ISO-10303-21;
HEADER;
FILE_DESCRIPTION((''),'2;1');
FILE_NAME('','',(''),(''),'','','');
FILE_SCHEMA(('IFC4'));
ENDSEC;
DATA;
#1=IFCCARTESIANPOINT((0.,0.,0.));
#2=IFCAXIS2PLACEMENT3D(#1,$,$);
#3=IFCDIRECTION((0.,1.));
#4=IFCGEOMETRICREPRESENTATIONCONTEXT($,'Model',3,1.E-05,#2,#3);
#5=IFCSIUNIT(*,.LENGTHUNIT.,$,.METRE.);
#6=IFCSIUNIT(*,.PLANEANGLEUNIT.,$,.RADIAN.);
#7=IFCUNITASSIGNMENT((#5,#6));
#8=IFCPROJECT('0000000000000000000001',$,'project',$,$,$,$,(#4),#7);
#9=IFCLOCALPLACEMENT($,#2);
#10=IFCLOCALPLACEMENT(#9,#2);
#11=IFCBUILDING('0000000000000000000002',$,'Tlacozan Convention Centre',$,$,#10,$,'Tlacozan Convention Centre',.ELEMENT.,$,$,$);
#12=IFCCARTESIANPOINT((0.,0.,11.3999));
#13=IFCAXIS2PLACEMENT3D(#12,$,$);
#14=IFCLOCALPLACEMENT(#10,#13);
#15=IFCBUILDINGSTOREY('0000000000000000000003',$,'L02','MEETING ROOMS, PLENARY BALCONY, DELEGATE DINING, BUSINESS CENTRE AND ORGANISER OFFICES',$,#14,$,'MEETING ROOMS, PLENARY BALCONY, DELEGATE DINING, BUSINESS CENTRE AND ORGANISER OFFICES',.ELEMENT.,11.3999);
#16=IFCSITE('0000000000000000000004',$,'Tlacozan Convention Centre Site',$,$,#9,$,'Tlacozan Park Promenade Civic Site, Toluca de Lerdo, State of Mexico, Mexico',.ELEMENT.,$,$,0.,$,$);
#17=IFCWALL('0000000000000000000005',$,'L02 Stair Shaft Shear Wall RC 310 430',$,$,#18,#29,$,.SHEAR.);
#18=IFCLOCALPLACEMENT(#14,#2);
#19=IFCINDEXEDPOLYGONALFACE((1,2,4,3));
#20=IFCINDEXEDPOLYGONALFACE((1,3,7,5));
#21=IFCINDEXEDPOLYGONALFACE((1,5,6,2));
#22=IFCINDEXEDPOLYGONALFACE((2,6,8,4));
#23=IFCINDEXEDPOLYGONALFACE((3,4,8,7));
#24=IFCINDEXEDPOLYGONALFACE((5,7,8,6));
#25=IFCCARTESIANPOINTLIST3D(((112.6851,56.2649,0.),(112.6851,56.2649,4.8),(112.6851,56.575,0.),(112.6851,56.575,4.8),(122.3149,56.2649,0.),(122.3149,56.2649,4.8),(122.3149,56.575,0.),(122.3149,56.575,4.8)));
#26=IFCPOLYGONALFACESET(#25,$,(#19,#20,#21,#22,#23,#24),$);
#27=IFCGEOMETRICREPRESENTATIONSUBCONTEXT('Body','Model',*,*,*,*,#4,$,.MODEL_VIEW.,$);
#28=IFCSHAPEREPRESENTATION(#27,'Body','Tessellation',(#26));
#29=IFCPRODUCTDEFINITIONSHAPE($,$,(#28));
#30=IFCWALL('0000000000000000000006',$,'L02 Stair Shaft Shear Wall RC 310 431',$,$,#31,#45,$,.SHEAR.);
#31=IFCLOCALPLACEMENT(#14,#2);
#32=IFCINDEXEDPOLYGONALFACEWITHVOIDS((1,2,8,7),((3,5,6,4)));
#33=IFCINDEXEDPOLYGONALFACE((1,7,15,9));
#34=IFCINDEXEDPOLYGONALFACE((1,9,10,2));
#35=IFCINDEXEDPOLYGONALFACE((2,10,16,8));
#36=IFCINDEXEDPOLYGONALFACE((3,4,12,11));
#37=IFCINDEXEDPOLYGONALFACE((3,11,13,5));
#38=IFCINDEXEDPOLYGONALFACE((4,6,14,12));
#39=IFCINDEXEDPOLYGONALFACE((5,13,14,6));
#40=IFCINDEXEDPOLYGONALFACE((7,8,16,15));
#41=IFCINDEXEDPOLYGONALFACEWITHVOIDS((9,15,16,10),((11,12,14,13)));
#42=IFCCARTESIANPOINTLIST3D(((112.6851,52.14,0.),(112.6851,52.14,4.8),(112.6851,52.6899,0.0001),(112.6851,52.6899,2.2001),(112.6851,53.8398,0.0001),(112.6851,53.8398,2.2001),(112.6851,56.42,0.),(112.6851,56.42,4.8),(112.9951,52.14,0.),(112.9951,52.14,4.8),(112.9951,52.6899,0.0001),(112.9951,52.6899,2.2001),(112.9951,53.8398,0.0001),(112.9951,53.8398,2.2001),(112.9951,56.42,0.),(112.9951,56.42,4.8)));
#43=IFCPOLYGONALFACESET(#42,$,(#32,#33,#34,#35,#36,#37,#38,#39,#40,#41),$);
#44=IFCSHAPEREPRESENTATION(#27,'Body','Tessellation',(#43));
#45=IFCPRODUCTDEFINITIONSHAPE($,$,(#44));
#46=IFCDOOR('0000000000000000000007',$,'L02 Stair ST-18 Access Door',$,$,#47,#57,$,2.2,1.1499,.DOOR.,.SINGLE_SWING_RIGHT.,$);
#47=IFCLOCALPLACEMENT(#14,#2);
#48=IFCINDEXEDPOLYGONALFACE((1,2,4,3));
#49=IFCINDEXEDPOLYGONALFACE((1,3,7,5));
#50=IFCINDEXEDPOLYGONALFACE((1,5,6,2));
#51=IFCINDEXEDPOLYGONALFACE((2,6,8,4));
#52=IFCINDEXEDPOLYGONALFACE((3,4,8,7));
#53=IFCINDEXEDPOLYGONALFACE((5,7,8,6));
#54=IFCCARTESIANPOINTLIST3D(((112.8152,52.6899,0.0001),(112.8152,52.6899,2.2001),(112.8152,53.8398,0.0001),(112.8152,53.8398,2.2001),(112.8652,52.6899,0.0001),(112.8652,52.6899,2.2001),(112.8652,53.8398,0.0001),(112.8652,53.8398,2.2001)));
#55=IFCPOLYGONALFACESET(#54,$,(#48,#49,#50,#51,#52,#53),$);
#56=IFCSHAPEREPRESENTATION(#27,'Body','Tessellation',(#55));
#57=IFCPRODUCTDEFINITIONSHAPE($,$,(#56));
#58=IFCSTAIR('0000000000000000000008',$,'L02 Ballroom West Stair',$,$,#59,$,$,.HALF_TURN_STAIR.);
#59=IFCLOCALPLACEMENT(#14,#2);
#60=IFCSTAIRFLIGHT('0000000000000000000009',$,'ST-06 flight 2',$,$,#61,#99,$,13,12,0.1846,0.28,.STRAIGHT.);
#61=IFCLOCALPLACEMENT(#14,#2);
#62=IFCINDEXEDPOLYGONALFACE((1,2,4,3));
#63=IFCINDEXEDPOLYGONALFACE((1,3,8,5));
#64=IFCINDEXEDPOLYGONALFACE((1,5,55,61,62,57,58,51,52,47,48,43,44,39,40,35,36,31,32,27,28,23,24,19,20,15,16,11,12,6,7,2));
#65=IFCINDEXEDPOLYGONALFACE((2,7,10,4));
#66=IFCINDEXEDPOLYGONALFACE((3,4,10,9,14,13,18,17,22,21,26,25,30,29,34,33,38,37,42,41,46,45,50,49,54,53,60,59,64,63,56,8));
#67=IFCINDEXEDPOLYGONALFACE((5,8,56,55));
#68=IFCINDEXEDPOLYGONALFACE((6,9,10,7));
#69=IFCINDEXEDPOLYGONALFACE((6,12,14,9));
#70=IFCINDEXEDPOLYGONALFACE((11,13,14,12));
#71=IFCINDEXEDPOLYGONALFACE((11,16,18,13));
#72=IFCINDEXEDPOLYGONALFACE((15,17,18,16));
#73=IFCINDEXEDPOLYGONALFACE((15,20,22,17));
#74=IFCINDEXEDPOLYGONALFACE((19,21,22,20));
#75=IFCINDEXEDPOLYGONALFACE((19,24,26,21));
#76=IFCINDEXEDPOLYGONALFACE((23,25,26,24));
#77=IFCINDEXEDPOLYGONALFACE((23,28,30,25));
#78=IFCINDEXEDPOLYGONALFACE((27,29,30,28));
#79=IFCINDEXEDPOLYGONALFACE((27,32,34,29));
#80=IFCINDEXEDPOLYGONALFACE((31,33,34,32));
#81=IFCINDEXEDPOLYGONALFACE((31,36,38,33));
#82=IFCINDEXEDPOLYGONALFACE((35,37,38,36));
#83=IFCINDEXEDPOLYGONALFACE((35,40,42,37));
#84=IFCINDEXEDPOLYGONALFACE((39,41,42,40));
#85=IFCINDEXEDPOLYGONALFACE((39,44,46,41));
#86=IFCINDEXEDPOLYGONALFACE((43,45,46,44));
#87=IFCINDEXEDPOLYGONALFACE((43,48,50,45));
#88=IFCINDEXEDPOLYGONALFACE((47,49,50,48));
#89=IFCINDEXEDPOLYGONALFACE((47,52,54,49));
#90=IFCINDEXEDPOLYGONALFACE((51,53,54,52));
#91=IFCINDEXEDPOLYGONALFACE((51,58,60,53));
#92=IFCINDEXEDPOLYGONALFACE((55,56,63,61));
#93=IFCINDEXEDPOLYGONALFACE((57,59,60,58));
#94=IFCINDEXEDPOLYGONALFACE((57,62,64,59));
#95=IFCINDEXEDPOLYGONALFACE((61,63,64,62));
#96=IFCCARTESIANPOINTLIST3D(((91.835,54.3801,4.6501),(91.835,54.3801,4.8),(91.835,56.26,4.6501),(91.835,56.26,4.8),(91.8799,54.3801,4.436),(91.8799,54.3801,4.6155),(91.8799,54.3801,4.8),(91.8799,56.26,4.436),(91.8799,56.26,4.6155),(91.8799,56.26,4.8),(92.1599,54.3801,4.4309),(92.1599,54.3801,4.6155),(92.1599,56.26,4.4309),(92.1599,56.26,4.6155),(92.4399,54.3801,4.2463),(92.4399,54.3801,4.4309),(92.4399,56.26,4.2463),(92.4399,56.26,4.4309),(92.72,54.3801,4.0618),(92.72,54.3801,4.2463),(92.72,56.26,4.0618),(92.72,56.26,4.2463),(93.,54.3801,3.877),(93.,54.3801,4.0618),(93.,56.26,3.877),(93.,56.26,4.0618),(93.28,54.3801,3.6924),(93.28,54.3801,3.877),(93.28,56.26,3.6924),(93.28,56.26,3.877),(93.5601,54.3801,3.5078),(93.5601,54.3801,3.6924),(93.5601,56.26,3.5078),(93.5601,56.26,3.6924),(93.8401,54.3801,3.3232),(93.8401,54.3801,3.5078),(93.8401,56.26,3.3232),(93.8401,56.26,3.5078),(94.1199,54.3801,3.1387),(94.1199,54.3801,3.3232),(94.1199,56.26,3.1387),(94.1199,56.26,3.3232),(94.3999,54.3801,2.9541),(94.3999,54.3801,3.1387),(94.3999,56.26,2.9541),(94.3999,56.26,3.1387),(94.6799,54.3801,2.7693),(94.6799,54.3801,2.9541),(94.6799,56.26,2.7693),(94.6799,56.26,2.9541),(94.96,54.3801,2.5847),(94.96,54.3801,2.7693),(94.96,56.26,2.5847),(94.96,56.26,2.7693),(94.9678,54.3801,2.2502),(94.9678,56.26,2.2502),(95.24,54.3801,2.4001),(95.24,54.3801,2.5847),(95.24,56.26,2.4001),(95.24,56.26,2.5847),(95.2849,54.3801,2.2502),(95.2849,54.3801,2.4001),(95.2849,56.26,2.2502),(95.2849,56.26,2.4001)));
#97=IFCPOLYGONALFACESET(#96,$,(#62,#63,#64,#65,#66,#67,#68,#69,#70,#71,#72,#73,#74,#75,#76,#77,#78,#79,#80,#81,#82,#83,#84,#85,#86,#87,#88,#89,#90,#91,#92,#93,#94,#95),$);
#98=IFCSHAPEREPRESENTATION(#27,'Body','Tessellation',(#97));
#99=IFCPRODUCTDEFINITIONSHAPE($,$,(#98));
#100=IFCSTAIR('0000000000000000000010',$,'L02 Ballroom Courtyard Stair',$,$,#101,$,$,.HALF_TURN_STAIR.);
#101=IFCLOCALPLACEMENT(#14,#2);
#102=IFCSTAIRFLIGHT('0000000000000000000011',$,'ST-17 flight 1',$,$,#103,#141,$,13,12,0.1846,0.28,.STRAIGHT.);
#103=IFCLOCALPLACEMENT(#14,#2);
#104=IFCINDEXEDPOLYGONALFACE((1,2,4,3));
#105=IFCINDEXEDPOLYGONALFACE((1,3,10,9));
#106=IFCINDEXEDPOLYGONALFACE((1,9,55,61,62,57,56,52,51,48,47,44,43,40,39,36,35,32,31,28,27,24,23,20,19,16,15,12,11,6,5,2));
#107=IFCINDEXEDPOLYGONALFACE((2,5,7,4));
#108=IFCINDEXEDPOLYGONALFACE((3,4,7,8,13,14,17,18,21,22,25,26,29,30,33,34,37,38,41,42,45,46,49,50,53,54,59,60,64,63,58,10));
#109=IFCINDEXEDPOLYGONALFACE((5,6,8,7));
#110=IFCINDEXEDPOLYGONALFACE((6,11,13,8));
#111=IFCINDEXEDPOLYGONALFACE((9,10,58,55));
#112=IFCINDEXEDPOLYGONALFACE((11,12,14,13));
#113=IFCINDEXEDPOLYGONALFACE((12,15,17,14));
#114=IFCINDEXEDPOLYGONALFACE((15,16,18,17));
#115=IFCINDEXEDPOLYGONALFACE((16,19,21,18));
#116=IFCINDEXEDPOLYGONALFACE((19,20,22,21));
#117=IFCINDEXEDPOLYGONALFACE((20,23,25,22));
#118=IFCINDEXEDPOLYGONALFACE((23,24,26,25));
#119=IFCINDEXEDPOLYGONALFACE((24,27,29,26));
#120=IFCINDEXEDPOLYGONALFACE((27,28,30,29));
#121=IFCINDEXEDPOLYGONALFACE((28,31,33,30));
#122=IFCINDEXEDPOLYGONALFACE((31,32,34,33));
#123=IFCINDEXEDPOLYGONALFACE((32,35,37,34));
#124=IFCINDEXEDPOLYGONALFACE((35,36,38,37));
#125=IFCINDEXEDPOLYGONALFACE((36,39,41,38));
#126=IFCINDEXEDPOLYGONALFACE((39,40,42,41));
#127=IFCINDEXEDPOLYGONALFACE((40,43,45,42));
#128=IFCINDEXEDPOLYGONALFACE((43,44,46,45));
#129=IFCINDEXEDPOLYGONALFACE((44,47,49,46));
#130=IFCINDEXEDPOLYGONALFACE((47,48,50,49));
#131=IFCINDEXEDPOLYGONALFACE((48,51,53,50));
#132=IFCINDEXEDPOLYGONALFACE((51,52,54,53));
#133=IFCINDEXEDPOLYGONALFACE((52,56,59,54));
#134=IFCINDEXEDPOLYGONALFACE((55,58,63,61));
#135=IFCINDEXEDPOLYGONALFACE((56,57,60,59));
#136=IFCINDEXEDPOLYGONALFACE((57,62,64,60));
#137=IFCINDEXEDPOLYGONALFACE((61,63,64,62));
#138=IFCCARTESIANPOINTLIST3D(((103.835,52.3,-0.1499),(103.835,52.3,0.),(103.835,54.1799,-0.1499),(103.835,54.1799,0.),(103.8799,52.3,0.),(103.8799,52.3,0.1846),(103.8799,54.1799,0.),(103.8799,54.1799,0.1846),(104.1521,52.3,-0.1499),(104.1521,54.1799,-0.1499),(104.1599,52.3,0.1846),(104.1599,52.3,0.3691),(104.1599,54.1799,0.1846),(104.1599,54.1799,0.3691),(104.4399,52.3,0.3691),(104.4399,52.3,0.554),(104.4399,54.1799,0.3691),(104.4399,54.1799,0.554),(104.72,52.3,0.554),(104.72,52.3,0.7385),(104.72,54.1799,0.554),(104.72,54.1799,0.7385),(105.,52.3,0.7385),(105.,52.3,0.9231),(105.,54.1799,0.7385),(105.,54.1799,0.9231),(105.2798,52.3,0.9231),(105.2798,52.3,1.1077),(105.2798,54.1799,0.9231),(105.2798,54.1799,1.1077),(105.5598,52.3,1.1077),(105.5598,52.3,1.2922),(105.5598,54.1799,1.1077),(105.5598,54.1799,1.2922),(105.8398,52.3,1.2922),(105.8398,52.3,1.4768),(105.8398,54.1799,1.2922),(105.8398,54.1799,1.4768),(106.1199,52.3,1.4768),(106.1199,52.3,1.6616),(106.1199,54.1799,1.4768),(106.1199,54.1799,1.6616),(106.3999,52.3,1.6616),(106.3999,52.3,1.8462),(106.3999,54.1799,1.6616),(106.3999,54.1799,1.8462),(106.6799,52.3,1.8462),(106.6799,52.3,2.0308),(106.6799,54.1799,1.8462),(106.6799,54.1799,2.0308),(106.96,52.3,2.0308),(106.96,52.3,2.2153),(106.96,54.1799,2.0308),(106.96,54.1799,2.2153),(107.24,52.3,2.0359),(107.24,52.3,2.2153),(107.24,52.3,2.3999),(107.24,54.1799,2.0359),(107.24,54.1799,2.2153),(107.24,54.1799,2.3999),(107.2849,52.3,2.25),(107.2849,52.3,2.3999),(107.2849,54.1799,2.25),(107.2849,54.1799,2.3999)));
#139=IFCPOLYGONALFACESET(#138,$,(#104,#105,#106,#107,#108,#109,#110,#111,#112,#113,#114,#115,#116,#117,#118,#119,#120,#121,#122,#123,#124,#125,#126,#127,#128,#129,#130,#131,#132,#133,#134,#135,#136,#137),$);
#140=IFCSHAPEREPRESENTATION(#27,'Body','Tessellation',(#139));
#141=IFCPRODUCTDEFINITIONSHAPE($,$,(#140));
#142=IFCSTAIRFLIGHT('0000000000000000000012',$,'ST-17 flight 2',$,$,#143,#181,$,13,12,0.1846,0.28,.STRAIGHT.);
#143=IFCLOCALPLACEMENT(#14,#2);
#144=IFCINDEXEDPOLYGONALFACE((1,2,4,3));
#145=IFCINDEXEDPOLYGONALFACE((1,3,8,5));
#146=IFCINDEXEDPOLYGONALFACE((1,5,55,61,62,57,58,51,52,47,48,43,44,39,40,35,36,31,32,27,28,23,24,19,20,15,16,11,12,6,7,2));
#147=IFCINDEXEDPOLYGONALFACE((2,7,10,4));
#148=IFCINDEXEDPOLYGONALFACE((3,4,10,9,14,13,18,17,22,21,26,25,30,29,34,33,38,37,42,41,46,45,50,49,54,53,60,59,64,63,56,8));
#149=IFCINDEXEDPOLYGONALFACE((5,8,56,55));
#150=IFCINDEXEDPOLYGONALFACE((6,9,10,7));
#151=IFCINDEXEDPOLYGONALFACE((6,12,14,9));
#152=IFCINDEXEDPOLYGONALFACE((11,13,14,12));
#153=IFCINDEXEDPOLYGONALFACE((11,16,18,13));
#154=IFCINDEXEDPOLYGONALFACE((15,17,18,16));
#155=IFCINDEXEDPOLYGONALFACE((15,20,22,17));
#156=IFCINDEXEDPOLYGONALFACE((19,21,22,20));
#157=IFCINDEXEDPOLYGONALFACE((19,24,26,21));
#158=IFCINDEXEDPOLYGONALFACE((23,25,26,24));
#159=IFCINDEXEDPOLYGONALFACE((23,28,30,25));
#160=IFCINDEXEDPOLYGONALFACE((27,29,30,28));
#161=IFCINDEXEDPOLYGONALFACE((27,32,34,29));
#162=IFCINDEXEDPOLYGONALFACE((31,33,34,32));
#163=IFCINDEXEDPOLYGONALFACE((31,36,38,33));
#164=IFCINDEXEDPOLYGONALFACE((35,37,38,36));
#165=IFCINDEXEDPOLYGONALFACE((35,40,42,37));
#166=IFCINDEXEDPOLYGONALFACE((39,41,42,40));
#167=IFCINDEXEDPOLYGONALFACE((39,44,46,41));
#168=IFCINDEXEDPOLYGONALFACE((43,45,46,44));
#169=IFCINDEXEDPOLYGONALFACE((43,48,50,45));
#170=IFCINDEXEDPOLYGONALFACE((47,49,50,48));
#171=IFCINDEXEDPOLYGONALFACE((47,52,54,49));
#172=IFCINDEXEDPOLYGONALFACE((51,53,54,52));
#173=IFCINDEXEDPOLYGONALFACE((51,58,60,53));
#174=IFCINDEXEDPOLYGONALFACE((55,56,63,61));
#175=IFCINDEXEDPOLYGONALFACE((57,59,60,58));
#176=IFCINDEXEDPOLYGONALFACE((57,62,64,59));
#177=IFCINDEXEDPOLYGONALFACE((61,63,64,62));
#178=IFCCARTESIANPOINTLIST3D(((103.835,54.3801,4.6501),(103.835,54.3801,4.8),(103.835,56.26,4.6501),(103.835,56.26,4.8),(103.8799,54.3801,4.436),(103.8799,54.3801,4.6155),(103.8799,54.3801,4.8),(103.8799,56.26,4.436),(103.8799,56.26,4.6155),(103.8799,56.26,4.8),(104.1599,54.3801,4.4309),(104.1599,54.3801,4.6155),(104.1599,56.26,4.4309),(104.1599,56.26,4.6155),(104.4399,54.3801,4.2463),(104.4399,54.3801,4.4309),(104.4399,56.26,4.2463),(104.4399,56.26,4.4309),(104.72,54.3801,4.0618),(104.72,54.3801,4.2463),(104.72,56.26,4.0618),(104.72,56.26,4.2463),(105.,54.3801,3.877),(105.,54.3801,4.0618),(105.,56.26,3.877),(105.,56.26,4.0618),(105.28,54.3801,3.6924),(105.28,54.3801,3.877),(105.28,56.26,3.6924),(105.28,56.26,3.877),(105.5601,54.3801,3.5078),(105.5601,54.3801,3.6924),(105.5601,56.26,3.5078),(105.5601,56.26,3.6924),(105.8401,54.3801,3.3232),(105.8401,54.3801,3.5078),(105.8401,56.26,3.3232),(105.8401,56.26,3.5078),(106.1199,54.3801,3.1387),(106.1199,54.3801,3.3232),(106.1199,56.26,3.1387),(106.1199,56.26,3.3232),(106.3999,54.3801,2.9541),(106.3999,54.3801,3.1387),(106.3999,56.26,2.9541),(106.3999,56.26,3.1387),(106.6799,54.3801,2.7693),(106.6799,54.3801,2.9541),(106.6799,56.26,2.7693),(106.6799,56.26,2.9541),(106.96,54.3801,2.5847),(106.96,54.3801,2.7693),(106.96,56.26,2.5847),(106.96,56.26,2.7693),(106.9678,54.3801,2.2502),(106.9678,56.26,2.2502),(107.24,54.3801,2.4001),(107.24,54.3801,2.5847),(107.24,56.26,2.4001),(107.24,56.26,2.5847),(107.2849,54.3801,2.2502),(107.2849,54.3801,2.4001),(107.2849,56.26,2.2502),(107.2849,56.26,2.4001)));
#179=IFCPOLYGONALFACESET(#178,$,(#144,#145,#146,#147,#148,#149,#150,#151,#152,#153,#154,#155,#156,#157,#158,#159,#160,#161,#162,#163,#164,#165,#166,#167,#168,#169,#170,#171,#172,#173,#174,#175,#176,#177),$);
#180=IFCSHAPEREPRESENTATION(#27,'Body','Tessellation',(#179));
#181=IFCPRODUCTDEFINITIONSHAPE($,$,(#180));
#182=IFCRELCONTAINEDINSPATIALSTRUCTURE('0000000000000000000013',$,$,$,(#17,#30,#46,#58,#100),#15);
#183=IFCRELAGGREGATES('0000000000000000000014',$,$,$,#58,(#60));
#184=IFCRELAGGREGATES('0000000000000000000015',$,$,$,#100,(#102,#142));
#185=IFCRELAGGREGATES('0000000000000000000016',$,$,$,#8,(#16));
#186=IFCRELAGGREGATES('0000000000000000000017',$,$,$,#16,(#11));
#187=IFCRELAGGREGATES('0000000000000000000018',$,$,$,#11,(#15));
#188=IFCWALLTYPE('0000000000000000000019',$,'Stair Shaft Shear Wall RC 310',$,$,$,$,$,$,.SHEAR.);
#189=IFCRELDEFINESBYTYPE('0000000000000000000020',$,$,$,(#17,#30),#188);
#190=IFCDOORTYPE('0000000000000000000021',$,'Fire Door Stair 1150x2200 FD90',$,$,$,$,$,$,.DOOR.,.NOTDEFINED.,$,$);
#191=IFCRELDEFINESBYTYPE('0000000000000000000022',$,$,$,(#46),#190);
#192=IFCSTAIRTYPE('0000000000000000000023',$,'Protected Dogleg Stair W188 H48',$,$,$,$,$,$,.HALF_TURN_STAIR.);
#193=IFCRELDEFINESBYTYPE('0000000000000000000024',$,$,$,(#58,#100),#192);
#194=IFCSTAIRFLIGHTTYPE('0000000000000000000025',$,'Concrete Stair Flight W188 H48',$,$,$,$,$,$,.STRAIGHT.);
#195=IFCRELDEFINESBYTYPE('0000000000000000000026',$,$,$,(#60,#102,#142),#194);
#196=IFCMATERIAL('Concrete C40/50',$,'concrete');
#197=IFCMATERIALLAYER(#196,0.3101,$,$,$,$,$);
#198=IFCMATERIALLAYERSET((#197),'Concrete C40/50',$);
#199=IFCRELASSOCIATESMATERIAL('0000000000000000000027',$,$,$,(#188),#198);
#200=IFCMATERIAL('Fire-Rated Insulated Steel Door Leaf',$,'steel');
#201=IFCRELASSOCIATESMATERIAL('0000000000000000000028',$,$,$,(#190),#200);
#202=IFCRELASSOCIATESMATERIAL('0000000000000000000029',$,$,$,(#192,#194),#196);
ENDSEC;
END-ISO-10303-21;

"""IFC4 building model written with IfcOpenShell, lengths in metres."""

from ifc_helpers import new_model, si_unit, direction, frame, frame_2d, origin, place, context, subcontext, project, spatial, polyline, rectangle, outline, extrude, material, layer, layer_set, type_object, element, fill, aggregate, save


model = new_model("IFC4")

# Units and contexts
model_context = context("Model", 3, precision=1e-05, world=origin(), true_north=direction((0.0, 1.0)))
body_context = subcontext(model_context, "Body", "Model", "MODEL_VIEW")
ifc_project = project(units=[si_unit("LENGTHUNIT", "METRE"), si_unit("PLANEANGLEUNIT", "RADIAN")], contexts=[model_context])

# Site, building, storey
site_placement = place(None, origin())
site = spatial("IfcSite", under=ifc_project, at=site_placement, Name="Tlacozan Convention Centre Site", LongName="Tlacozan Park Promenade Civic Site, Toluca de Lerdo, State of Mexico, Mexico", CompositionType="ELEMENT", RefElevation=0.0)
building_placement = place(site_placement, origin())
building = spatial("IfcBuilding", under=site, at=building_placement, Name="Tlacozan Convention Centre", LongName="Tlacozan Convention Centre", CompositionType="ELEMENT")
storey_placement = place(building_placement, frame((0.0, 0.0, 11.3999)))
storey = spatial("IfcBuildingStorey", under=building, at=storey_placement, Name="L02", Description="MEETING ROOMS, PLENARY BALCONY, DELEGATE DINING, BUSINESS CENTRE AND ORGANISER OFFICES", LongName="MEETING ROOMS, PLENARY BALCONY, DELEGATE DINING, BUSINESS CENTRE AND ORGANISER OFFICES", CompositionType="ELEMENT", Elevation=11.3999)

# Shared definitions
ifc_material_1 = material(Name="Concrete C40/50", Category="concrete")
ifc_layer = layer(ifc_material_1, 0.3101)
ifc_layer_set = layer_set([ifc_layer], Name="Concrete C40/50")
wall_type = type_object("IfcWallType", Name="Stair Shaft Shear Wall RC 310", PredefinedType="SHEAR", material=ifc_layer_set)

# Shared definitions
ifc_material_2 = material(Name="Fire-Rated Insulated Steel Door Leaf", Category="steel")
door_type = type_object("IfcDoorType", Name="Fire Door Stair 1150x2200 FD90", OperationType="NOTDEFINED", PredefinedType="DOOR", material=ifc_material_2)

# Wall
for number, where, z_axis, x_axis, name in (
    (1, (112.6851, 56.4199, 0.0), (0.0, 0.0, 1.0), (1.0, 0.0, 0.0), "L02 Stair Shaft Shear Wall RC 310 430"),
):
    element("IfcWall", number, at=place(storey_placement, frame(where, z_axis=z_axis, x_axis=x_axis)), inside=storey, type_object=wall_type, Name=name, PredefinedType="SHEAR", context=body_context, shape_type="SweptSolid", body=[
        extrude(rectangle(XDim=9.6299, YDim=0.3101, at=frame_2d((4.8149, 0.0))), origin(), (0.0, 0.0, 1.0), 4.8),
    ])

# Wall, opening, door
wall_1_placement = place(storey_placement, frame((112.8401, 52.1399, 0.0), z_axis=(0.0, 0.0, 1.0), x_axis=(0.0, 1.0, 0.0)))
wall_1 = element("IfcWall", 2, at=wall_1_placement, inside=storey, type_object=wall_type, Name="L02 Stair Shaft Shear Wall RC 310 431", PredefinedType="SHEAR", context=body_context, shape_type="SweptSolid", body=[
    extrude(rectangle(XDim=4.28, YDim=0.3101, at=frame_2d((2.1401, 0.0))), origin(), (0.0, 0.0, 1.0), 4.8),
])
opening_1_placement = place(wall_1_placement, frame((0.55, 0.0, 0.0)))
opening_1 = element("IfcOpeningElement", 3, at=opening_1_placement, cuts=wall_1, PredefinedType="OPENING", context=body_context, shape_type="SweptSolid", body=[
    extrude(rectangle(XDim=1.1499, YDim=2.2, at=frame_2d((0.575, 1.1001))), frame((0.0, 0.165, 0.0), z_axis=(0.0, -1.0, 0.0), x_axis=(1.0, 0.0, 0.0)), (0.0, 0.0, 1.0), 0.3301),
])
door_1_placement = place(opening_1_placement, origin())
door_1 = element("IfcDoor", 4, at=door_1_placement, inside=storey, type_object=door_type, Name="L02 Stair ST-18 Access Door", OperationType="SINGLE_SWING_RIGHT", OverallHeight=2.2, OverallWidth=1.1499, PredefinedType="DOOR", context=body_context, shape_type="SweptSolid", body=[
    extrude(rectangle(XDim=1.1499, YDim=2.2, at=frame_2d((0.575, 1.1001))), frame((0.0, 0.0249, 0.0), z_axis=(0.0, -1.0, 0.0), x_axis=(1.0, 0.0, 0.0)), (0.0, 0.0, 1.0), 0.05),
])
fill(opening_1, door_1)

# Stair, stair flight
stair_type = type_object("IfcStairType", Name="Protected Dogleg Stair W188 H48", PredefinedType="HALF_TURN_STAIR", material=ifc_material_1)
stair_1_placement = place(storey_placement, origin())
stair_1 = element("IfcStair", 5, at=stair_1_placement, inside=storey, type_object=stair_type, Name="L02 Ballroom West Stair", PredefinedType="HALF_TURN_STAIR")
stair_flight_type = type_object("IfcStairFlightType", Name="Concrete Stair Flight W188 H48", PredefinedType="STRAIGHT", material=ifc_material_1)
stair_flight_1_placement = place(storey_placement, frame((95.24, 55.3201, 2.4001), z_axis=(0.0, 0.0, 1.0), x_axis=(-1.0, 0.0, 0.0)))
stair_flight_1 = element("IfcStairFlight", 6, at=stair_flight_1_placement, type_object=stair_flight_type, Name="ST-06 flight 2", NumberOfRisers=13, NumberOfTreads=12, PredefinedType="STRAIGHT", RiserHeight=0.1846, TreadLength=0.28, context=body_context, shape_type="SweptSolid", body=[
    extrude(outline(polyline([(-0.0449, -0.1499), (-0.0449, 0.0), (0.0, 0.0), (0.0, 0.1846), (0.28, 0.1846), (0.28, 0.3691), (0.5601, 0.3691), (0.5601, 0.554), (0.8401, 0.554), (0.8401, 0.7385), (1.1201, 0.7385), (1.1201, 0.9231), (1.3999, 0.9231), (1.3999, 1.1077), (1.6799, 1.1077), (1.6799, 1.2922), (1.96, 1.2922), (1.96, 1.4768), (2.24, 1.4768), (2.24, 1.6616), (2.52, 1.6616), (2.52, 1.8462), (2.8, 1.8462), (2.8, 2.0308), (3.0801, 2.0308), (3.0801, 2.2153), (3.3601, 2.2153), (3.3601, 2.3999), (3.405, 2.3999), (3.405, 2.25), (3.3601, 2.0359), (0.2722, -0.1499), (-0.0449, -0.1499)])), frame((0.0, 0.9399, 0.0), z_axis=(0.0, -1.0, 0.0), x_axis=(1.0, 0.0, 0.0)), (0.0, 0.0, 1.0), 1.8799),
])
aggregate(stair_1, [stair_flight_1])

# Stair, stair flights
stair_2_placement = place(storey_placement, origin())
stair_2 = element("IfcStair", 7, at=stair_2_placement, inside=storey, type_object=stair_type, Name="L02 Ballroom Courtyard Stair", PredefinedType="HALF_TURN_STAIR")
stair_flight_2_placement = place(storey_placement, frame((103.8799, 53.24, 0.0), z_axis=(0.0, 0.0, 1.0), x_axis=(1.0, 0.0, 0.0)))
stair_flight_2 = element("IfcStairFlight", 8, at=stair_flight_2_placement, type_object=stair_flight_type, Name="ST-17 flight 1", NumberOfRisers=13, NumberOfTreads=12, PredefinedType="STRAIGHT", RiserHeight=0.1846, TreadLength=0.28, context=body_context, shape_type="SweptSolid", body=[
    extrude(outline(polyline([(-0.0449, -0.1499), (-0.0449, 0.0), (0.0, 0.0), (0.0, 0.1846), (0.28, 0.1846), (0.28, 0.3691), (0.5601, 0.3691), (0.5601, 0.554), (0.8401, 0.554), (0.8401, 0.7385), (1.1201, 0.7385), (1.1201, 0.9231), (1.3999, 0.9231), (1.3999, 1.1077), (1.6799, 1.1077), (1.6799, 1.2922), (1.96, 1.2922), (1.96, 1.4768), (2.24, 1.4768), (2.24, 1.6616), (2.52, 1.6616), (2.52, 1.8462), (2.8, 1.8462), (2.8, 2.0308), (3.0801, 2.0308), (3.0801, 2.2153), (3.3601, 2.2153), (3.3601, 2.3999), (3.405, 2.3999), (3.405, 2.25), (3.3601, 2.0359), (0.2722, -0.1499), (-0.0449, -0.1499)])), frame((0.0, 0.9399, 0.0), z_axis=(0.0, -1.0, 0.0), x_axis=(1.0, 0.0, 0.0)), (0.0, 0.0, 1.0), 1.8799),
])
stair_flight_3_placement = place(storey_placement, frame((107.24, 55.3201, 2.4001), z_axis=(0.0, 0.0, 1.0), x_axis=(-1.0, 0.0, 0.0)))
stair_flight_3 = element("IfcStairFlight", 9, at=stair_flight_3_placement, type_object=stair_flight_type, Name="ST-17 flight 2", NumberOfRisers=13, NumberOfTreads=12, PredefinedType="STRAIGHT", RiserHeight=0.1846, TreadLength=0.28, context=body_context, shape_type="SweptSolid", body=[
    extrude(outline(polyline([(-0.0449, -0.1499), (-0.0449, 0.0), (0.0, 0.0), (0.0, 0.1846), (0.28, 0.1846), (0.28, 0.3691), (0.5601, 0.3691), (0.5601, 0.554), (0.8401, 0.554), (0.8401, 0.7385), (1.1201, 0.7385), (1.1201, 0.9231), (1.3999, 0.9231), (1.3999, 1.1077), (1.6799, 1.1077), (1.6799, 1.2922), (1.96, 1.2922), (1.96, 1.4768), (2.24, 1.4768), (2.24, 1.6616), (2.52, 1.6616), (2.52, 1.8462), (2.8, 1.8462), (2.8, 2.0308), (3.0801, 2.0308), (3.0801, 2.2153), (3.3601, 2.2153), (3.3601, 2.3999), (3.405, 2.3999), (3.405, 2.25), (3.3601, 2.0359), (0.2722, -0.1499), (-0.0449, -0.1499)])), frame((0.0, 0.9399, 0.0), z_axis=(0.0, -1.0, 0.0), x_axis=(1.0, 0.0, 0.0)), (0.0, 0.0, 1.0), 1.8799),
])
aggregate(stair_2, [stair_flight_2, stair_flight_3])

save(model, "model.ifc")
